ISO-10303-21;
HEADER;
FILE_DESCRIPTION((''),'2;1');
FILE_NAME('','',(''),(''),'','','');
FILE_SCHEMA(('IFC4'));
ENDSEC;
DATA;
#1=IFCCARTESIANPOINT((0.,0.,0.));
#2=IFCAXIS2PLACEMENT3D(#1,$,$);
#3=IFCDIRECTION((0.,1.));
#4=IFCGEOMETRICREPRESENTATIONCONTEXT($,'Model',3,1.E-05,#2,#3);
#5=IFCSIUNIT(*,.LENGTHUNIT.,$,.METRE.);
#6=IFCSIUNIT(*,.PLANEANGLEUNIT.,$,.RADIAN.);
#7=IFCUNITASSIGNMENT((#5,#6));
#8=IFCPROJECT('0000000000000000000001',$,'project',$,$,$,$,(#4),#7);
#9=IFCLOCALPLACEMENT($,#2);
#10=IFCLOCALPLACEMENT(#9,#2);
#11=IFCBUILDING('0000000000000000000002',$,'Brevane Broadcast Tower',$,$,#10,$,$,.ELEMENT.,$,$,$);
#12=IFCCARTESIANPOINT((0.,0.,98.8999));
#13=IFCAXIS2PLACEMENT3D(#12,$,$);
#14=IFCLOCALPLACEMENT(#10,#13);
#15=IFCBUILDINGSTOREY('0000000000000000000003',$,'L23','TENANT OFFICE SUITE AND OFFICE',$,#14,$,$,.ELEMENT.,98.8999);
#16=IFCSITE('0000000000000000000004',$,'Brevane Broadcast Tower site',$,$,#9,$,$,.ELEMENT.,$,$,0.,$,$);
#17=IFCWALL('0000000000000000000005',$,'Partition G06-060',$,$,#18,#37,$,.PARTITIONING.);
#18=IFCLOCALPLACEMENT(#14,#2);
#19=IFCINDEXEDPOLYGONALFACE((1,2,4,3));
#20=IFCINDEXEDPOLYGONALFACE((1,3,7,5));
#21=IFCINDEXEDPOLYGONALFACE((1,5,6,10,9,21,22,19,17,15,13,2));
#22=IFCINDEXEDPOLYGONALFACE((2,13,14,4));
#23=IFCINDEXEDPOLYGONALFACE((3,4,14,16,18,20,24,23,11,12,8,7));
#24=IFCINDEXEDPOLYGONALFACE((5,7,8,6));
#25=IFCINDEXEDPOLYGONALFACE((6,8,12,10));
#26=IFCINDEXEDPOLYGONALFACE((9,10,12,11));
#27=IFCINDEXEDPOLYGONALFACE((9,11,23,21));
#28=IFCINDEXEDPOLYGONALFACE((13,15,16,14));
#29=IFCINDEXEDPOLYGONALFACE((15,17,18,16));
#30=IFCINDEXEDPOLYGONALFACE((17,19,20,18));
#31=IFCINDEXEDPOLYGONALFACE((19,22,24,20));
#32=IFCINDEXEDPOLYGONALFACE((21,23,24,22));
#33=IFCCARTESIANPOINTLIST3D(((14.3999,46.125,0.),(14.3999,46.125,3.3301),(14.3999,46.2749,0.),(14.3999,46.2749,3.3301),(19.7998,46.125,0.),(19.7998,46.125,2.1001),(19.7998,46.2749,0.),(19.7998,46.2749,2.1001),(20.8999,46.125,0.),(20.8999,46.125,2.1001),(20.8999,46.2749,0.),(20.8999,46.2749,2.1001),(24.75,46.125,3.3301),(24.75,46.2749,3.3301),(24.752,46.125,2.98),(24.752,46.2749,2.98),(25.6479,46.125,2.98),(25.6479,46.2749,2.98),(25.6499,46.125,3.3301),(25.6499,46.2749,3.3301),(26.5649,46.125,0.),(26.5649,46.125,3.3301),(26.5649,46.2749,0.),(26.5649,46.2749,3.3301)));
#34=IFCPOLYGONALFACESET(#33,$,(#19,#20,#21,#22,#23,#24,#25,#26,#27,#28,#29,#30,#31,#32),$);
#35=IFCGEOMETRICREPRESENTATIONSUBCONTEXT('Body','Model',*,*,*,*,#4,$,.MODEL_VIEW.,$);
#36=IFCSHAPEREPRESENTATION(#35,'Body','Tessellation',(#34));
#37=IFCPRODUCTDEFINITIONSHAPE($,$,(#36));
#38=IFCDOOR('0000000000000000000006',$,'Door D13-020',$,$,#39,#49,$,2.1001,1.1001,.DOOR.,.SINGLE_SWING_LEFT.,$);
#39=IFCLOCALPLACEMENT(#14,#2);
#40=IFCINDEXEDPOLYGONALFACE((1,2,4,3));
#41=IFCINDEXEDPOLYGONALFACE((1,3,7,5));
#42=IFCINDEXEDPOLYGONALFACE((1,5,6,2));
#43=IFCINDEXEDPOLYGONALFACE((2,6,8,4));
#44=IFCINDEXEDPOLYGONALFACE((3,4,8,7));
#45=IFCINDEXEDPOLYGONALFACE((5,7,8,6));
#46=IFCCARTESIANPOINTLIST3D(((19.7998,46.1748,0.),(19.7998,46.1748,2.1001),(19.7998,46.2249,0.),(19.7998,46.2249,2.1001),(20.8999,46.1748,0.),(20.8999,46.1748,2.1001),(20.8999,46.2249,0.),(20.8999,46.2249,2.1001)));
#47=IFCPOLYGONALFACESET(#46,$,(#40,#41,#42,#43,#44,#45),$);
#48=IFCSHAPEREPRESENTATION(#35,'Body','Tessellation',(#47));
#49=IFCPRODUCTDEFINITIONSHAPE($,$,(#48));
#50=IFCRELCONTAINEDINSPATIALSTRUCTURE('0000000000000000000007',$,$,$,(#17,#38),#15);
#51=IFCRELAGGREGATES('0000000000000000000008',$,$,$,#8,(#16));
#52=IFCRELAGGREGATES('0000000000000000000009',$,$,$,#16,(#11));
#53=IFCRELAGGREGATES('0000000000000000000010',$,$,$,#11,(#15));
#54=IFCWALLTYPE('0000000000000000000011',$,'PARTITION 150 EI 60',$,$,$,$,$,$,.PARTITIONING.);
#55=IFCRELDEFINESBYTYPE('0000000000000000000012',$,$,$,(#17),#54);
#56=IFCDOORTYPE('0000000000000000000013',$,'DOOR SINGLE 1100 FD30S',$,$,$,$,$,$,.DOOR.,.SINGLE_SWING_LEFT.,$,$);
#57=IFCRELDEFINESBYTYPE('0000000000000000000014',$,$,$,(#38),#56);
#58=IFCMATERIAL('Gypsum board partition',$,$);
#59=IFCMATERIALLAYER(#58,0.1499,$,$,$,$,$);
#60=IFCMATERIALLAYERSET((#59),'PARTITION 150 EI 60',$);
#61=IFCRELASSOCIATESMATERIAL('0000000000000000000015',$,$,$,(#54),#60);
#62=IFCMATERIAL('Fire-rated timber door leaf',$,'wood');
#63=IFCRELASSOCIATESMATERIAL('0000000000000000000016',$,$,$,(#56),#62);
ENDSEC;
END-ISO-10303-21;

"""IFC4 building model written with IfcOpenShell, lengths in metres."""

from ifc_helpers import new_model, si_unit, direction, frame, frame_2d, origin, place, context, subcontext, project, spatial, polyline, rectangle, outline, extrude, material, layer, layer_set, type_object, element, fill, save


model = new_model("IFC4")

# Units and contexts
model_context = context("Model", 3, precision=1e-05, world=origin(), true_north=direction((0.0, 1.0)))
body_context = subcontext(model_context, "Body", "Model", "MODEL_VIEW")
ifc_project = project(units=[si_unit("LENGTHUNIT", "METRE"), si_unit("PLANEANGLEUNIT", "RADIAN")], contexts=[model_context])

# Site, building, storey
site_placement = place(None, origin())
site = spatial("IfcSite", under=ifc_project, at=site_placement, Name="Brevane Broadcast Tower site", CompositionType="ELEMENT", RefElevation=0.0)
building_placement = place(site_placement, origin())
building = spatial("IfcBuilding", under=site, at=building_placement, Name="Brevane Broadcast Tower", CompositionType="ELEMENT")
storey_placement = place(building_placement, frame((0.0, 0.0, 98.8999)))
storey = spatial("IfcBuildingStorey", under=building, at=storey_placement, Name="L23", Description="TENANT OFFICE SUITE AND OFFICE", CompositionType="ELEMENT", Elevation=98.8999)

# Shared definitions
ifc_material_1 = material(Name="Gypsum board partition")
ifc_layer_1 = layer(ifc_material_1, 0.1499)
ifc_layer_set_1 = layer_set([ifc_layer_1], Name="PARTITION 150 EI 60")
wall_type_1 = type_object("IfcWallType", Name="PARTITION 150 EI 60", PredefinedType="PARTITIONING", material=ifc_layer_set_1)

# Shared definitions
ifc_material_2 = material(Name="Fire-rated timber door leaf", Category="wood")
door_type_1 = type_object("IfcDoorType", Name="DOOR SINGLE 1100 FD30S", OperationType="SINGLE_SWING_LEFT", PredefinedType="DOOR", material=ifc_material_2)

# Wall, opening, door
wall_1_placement = place(storey_placement, frame((14.3999, 46.2, 0.0), z_axis=(0.0, 0.0, 1.0), x_axis=(1.0, 0.0, 0.0)))
wall_1 = element("IfcWall", 1, at=wall_1_placement, inside=storey, type_object=wall_type_1, Name="Partition G06-060", PredefinedType="PARTITIONING", context=body_context, shape_type="SweptSolid", body=[
    extrude(outline(polyline([(0.0, 0.0), (12.165, 0.0), (12.165, 3.3301), (11.8999, 3.3301), (11.25, 3.3301), (11.248, 2.98), (10.3521, 2.98), (10.3501, 3.3301), (0.0, 3.3301), (0.0, 0.0)])), frame((0.0, 0.075, 0.0), z_axis=(0.0, -1.0, 0.0), x_axis=(1.0, 0.0, 0.0)), (0.0, 0.0, 1.0), 0.1499),
])
opening_1_placement = place(wall_1_placement, frame((5.3999, 0.0, 0.0)))
opening_1 = element("IfcOpeningElement", 2, at=opening_1_placement, cuts=wall_1, PredefinedType="OPENING", context=body_context, shape_type="SweptSolid", body=[
    extrude(rectangle(XDim=1.1001, YDim=2.1001, at=frame_2d((0.55, 1.05))), frame((0.0, 0.085, 0.0), z_axis=(0.0, -1.0, 0.0), x_axis=(1.0, 0.0, 0.0)), (0.0, 0.0, 1.0), 0.1699),
])
door_1_placement = place(opening_1_placement, origin())
door_1 = element("IfcDoor", 3, at=door_1_placement, inside=storey, type_object=door_type_1, Name="Door D13-020", OperationType="SINGLE_SWING_LEFT", OverallHeight=2.1001, OverallWidth=1.1001, PredefinedType="DOOR", context=body_context, shape_type="SweptSolid", body=[
    extrude(rectangle(XDim=1.1001, YDim=2.1001, at=frame_2d((0.55, 1.05))), frame((0.0, 0.0249, 0.0), z_axis=(0.0, -1.0, 0.0), x_axis=(1.0, 0.0, 0.0)), (0.0, 0.0, 1.0), 0.05),
])
fill(opening_1, door_1)

save(model, "model.ifc")
